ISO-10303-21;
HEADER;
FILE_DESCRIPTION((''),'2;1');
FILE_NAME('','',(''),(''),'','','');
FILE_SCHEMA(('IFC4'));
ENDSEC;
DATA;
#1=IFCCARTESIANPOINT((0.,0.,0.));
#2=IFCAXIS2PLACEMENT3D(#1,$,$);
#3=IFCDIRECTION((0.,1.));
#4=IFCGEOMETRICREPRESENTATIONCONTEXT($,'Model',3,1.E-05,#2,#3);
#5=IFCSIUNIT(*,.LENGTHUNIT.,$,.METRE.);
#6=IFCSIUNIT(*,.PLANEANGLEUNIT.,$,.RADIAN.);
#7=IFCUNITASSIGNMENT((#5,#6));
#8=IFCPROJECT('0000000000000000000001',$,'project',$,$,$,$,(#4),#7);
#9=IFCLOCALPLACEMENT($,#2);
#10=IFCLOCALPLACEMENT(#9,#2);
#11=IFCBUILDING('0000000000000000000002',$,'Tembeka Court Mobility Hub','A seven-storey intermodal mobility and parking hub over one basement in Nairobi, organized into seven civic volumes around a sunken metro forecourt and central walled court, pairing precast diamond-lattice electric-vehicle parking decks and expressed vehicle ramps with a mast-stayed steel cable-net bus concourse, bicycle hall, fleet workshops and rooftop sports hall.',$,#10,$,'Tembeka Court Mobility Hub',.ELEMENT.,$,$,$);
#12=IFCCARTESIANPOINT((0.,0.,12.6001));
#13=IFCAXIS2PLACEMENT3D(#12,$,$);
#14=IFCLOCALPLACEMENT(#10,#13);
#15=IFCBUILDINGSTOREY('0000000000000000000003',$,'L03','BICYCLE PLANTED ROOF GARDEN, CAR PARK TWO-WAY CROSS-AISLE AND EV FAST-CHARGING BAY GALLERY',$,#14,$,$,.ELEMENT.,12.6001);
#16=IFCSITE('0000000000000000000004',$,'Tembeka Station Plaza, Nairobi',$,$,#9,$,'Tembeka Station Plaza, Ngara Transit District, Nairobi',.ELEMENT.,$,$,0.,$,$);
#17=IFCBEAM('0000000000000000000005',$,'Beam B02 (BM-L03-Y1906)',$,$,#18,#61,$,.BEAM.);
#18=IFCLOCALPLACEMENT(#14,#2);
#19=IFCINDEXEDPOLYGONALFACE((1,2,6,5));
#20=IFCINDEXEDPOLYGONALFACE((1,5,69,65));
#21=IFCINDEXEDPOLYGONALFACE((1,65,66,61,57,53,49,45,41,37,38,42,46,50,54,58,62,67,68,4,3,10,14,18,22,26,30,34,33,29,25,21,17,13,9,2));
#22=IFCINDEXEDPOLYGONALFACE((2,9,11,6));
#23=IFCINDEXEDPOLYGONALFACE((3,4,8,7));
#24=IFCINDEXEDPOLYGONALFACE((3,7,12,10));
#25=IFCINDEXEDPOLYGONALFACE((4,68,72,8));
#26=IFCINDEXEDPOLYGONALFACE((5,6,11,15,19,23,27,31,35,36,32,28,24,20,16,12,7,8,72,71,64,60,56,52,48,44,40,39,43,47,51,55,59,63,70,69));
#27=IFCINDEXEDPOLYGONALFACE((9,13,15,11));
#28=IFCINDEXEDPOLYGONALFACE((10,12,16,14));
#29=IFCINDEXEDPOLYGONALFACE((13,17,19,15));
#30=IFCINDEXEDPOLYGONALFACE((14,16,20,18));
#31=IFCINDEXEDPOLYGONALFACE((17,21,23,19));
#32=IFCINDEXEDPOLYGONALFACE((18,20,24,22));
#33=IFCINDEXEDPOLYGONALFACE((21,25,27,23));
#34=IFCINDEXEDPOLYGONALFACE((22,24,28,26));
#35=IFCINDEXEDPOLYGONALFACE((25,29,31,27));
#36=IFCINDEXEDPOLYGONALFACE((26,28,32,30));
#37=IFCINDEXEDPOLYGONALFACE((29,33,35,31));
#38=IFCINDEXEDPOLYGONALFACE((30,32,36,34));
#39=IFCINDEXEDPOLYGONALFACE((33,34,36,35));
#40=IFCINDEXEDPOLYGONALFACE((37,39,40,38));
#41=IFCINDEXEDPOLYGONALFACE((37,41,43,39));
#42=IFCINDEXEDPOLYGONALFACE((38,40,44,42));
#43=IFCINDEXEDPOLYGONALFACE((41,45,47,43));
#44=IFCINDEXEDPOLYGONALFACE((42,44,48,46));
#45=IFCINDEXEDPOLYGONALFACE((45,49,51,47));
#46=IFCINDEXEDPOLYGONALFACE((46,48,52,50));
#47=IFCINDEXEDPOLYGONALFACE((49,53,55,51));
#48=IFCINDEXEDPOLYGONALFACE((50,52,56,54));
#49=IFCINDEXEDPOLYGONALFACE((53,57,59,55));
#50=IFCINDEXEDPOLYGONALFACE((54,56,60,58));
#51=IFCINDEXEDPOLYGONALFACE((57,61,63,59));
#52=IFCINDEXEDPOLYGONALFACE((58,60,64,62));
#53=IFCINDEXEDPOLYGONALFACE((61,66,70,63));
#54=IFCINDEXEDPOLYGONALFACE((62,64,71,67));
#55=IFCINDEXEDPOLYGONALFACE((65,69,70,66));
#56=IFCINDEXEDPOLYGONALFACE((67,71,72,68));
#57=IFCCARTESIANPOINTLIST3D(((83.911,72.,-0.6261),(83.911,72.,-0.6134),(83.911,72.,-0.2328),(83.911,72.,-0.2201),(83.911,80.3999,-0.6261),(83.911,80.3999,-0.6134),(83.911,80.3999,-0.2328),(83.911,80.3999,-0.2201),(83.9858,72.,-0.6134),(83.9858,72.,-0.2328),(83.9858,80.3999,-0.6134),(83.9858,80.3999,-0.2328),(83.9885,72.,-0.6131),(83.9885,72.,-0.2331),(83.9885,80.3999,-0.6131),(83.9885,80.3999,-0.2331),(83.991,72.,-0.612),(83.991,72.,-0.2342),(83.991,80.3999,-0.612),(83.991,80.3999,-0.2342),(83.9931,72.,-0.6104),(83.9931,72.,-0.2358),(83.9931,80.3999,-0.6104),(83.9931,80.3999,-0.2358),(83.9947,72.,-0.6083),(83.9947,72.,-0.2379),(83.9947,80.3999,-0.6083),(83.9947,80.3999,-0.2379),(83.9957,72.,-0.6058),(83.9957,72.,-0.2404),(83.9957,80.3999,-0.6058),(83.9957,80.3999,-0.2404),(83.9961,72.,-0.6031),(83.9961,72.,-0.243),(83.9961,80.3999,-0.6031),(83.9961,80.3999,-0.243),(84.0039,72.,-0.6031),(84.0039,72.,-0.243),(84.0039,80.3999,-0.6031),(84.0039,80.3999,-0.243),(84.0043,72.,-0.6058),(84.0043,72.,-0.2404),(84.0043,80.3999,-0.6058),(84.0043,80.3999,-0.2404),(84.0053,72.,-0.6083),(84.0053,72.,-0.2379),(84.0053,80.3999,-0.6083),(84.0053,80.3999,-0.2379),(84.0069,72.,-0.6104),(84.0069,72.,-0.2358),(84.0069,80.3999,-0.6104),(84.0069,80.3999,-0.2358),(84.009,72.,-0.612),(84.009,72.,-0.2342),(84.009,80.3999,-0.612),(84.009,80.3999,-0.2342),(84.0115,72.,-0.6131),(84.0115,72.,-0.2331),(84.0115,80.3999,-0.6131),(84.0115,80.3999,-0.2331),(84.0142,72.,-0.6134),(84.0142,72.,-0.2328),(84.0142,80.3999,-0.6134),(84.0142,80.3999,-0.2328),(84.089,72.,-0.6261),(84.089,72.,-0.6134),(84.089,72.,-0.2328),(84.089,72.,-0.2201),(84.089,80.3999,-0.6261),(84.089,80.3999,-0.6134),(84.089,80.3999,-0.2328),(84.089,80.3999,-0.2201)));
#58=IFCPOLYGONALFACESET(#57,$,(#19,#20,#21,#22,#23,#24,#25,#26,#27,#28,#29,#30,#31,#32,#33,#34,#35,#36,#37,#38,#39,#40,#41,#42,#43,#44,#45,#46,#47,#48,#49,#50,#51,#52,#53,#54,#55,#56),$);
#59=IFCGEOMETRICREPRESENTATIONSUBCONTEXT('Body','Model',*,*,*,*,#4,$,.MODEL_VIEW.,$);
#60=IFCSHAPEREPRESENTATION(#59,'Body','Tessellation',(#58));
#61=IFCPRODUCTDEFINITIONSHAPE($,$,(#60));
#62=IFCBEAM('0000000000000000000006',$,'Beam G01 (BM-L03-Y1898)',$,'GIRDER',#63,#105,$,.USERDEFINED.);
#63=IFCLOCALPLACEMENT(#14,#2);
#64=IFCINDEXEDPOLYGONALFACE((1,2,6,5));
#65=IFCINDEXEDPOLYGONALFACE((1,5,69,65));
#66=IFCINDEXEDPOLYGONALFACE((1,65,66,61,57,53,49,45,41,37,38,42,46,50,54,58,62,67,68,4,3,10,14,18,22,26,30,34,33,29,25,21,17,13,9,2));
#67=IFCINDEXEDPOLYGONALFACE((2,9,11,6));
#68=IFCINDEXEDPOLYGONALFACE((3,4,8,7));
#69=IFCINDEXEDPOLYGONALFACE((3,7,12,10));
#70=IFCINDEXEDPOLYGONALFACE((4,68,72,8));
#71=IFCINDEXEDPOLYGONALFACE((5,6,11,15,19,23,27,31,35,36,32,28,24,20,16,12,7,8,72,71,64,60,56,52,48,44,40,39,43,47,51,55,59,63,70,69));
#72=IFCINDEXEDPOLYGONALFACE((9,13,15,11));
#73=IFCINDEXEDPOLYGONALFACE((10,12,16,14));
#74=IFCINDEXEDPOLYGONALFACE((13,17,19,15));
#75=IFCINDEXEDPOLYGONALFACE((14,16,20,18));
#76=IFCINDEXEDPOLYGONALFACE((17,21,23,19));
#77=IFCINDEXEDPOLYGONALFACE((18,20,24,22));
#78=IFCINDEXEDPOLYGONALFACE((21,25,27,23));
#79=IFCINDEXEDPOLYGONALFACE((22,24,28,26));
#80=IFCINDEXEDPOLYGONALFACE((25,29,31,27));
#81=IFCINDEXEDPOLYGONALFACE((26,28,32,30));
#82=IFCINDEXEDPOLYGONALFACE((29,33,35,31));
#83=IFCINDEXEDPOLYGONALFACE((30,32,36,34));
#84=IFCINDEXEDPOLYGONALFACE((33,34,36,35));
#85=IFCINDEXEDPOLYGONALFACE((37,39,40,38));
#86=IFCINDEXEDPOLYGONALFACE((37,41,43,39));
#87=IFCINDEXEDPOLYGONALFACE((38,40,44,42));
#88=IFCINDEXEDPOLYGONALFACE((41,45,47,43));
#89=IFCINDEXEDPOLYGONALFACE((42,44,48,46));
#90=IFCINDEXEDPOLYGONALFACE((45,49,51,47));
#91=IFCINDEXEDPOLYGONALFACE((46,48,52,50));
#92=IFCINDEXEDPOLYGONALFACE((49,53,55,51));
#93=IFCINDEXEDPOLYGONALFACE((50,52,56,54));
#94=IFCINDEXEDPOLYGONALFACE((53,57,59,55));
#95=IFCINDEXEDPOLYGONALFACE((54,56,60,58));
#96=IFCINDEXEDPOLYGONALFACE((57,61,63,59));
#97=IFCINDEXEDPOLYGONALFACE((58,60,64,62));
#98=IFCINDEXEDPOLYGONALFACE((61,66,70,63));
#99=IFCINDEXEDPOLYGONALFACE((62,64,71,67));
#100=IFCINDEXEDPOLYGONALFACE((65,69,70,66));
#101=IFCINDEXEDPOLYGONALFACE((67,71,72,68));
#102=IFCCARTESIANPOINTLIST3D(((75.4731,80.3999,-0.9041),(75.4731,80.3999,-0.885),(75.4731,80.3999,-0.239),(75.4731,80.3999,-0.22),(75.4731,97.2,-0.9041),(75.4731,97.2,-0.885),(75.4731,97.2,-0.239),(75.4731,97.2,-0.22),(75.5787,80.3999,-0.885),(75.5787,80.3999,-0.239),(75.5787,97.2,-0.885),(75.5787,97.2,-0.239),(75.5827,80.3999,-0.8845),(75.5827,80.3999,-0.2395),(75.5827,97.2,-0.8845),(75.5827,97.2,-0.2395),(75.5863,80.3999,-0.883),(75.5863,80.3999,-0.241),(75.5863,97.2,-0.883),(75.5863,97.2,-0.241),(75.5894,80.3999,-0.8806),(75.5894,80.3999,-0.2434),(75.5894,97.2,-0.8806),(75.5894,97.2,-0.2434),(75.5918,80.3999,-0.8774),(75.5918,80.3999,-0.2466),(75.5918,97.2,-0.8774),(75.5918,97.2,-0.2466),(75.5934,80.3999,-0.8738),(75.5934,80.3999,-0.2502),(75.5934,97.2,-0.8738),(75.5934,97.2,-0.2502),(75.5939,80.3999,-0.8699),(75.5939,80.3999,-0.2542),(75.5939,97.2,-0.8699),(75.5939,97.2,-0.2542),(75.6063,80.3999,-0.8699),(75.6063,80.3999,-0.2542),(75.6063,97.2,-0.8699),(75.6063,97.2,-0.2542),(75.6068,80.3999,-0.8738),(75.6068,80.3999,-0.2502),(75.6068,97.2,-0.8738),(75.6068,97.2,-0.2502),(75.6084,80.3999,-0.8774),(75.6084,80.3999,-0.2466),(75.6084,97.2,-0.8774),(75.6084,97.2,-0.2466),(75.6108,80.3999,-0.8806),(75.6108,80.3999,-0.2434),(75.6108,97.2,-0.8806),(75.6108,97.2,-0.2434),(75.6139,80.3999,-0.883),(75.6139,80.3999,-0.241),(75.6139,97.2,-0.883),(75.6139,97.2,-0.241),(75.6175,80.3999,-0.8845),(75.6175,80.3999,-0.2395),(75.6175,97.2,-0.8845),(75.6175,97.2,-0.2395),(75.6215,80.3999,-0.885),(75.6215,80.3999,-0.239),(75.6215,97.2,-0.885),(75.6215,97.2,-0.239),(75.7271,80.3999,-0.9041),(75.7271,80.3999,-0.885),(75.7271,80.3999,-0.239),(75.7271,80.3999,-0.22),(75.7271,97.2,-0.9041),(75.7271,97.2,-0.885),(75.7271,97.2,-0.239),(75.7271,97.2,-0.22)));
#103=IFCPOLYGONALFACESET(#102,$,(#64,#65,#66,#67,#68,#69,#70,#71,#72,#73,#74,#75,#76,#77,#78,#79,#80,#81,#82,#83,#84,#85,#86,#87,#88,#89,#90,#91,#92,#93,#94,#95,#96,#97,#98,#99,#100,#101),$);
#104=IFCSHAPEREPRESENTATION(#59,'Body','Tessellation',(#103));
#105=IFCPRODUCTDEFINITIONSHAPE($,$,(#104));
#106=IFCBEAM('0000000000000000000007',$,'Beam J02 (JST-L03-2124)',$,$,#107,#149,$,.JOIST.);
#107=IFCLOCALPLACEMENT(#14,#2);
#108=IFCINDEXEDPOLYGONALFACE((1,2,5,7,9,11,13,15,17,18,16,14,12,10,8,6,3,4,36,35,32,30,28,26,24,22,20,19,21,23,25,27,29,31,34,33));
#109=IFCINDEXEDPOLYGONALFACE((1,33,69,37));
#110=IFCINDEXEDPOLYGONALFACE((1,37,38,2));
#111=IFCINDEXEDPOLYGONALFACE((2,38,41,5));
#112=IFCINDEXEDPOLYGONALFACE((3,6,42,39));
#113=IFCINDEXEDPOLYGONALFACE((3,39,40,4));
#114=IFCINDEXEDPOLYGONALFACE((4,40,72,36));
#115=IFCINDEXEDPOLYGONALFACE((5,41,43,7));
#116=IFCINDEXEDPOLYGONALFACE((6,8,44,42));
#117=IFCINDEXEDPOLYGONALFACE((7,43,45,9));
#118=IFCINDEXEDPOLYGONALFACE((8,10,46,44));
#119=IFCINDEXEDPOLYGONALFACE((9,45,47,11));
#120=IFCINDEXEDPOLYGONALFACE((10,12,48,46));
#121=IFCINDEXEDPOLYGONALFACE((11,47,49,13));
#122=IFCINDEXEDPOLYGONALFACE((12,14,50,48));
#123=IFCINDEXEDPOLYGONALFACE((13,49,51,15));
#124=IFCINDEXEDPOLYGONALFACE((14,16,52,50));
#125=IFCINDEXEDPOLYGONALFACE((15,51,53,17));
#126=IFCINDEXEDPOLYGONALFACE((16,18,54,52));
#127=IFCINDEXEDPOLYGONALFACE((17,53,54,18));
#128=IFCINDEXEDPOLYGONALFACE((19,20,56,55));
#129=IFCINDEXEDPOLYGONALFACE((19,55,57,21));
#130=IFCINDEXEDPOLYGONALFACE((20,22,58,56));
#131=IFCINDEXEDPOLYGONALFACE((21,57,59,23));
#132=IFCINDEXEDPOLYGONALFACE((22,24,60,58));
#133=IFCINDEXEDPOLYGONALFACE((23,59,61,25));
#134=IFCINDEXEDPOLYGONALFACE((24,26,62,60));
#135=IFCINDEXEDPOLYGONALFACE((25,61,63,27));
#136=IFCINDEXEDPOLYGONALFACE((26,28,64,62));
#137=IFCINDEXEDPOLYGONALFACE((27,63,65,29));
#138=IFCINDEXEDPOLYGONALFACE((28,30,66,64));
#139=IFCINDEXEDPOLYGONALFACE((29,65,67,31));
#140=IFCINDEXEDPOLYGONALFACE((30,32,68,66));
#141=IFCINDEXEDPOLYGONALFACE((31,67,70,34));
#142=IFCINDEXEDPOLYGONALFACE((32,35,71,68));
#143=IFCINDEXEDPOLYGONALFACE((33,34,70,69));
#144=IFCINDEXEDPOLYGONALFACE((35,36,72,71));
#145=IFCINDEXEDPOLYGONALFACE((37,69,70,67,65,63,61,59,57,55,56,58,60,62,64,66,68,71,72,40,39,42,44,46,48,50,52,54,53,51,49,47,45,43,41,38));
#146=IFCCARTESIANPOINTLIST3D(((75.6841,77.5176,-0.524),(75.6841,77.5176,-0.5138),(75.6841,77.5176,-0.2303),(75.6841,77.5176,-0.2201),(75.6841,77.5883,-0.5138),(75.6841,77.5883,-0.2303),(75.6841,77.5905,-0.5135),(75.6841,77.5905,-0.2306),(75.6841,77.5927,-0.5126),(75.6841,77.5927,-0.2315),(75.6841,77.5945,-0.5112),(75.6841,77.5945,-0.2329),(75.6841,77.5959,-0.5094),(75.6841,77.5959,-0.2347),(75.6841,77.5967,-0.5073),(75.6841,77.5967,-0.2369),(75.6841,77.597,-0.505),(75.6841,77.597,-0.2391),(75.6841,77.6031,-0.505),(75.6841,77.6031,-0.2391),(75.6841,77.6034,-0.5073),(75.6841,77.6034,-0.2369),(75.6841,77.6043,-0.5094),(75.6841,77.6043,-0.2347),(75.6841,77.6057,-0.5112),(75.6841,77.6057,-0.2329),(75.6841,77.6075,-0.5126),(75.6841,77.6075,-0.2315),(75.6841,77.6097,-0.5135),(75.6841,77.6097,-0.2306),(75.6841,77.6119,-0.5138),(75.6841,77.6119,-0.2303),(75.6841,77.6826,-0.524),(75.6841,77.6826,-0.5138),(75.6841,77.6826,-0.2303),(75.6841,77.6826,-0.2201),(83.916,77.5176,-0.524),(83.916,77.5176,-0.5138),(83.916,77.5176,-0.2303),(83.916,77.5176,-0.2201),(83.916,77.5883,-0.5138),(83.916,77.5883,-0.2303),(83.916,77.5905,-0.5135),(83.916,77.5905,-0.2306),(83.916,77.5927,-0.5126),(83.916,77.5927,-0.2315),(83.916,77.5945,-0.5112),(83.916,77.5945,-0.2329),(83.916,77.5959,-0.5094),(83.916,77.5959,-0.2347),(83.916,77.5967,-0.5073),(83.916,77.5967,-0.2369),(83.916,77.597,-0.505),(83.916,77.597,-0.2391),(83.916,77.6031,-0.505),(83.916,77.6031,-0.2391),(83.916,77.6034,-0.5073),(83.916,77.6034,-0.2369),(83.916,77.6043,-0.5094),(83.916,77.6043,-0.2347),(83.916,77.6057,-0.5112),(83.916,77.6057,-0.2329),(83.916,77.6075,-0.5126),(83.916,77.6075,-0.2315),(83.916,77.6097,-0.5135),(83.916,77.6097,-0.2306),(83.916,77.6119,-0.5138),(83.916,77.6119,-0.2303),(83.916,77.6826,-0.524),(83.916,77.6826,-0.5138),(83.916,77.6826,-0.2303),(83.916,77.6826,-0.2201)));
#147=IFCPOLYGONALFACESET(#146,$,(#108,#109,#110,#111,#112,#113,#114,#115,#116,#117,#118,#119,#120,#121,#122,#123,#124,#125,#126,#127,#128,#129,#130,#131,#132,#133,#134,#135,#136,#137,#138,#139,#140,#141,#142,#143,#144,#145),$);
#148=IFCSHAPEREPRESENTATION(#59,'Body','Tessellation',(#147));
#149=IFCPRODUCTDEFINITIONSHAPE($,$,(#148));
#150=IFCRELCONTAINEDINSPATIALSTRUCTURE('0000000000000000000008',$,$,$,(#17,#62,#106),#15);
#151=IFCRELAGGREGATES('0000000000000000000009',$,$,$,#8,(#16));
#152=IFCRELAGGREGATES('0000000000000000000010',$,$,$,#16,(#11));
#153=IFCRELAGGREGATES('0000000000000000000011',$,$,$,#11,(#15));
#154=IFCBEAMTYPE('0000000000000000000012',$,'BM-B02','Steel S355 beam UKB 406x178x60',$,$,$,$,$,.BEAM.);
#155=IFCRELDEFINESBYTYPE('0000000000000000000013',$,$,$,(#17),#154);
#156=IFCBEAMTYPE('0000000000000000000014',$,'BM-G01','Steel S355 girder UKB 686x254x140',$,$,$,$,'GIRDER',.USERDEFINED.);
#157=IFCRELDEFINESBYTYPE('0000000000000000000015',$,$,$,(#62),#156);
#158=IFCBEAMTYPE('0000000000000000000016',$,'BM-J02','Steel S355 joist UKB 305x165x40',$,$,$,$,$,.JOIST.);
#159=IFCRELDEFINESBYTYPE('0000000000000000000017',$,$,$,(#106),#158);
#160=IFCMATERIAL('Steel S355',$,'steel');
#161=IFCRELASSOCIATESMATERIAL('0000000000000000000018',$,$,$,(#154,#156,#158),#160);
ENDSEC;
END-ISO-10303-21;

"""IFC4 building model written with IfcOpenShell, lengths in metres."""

from ifc_helpers import new_model, si_unit, direction, frame, origin, origin_2d, place, context, subcontext, project, spatial, i_section, extrude, material, material_profile, profile_set, type_object, element, save


model = new_model("IFC4")

# Units and contexts
model_context = context("Model", 3, precision=1e-05, world=origin(), true_north=direction((0.0, 1.0)))
body_context = subcontext(model_context, "Body", "Model", "MODEL_VIEW")
ifc_project = project(units=[si_unit("LENGTHUNIT", "METRE"), si_unit("PLANEANGLEUNIT", "RADIAN")], contexts=[model_context])

# Site, building, storey
site_placement = place(None, origin())
site = spatial("IfcSite", under=ifc_project, at=site_placement, Name="Tembeka Station Plaza, Nairobi", LongName="Tembeka Station Plaza, Ngara Transit District, Nairobi", CompositionType="ELEMENT", RefElevation=0.0)
building_placement = place(site_placement, origin())
building = spatial("IfcBuilding", under=site, at=building_placement, Name="Tembeka Court Mobility Hub", Description="A seven-storey intermodal mobility and parking hub over one basement in Nairobi, organized into seven civic volumes around a sunken metro forecourt and central walled court, pairing precast diamond-lattice electric-vehicle parking decks and expressed vehicle ramps with a mast-stayed steel cable-net bus concourse, bicycle hall, fleet workshops and rooftop sports hall.", LongName="Tembeka Court Mobility Hub", CompositionType="ELEMENT")
storey_placement = place(building_placement, frame((0.0, 0.0, 12.6001)))
storey = spatial("IfcBuildingStorey", under=building, at=storey_placement, Name="L03", Description="BICYCLE PLANTED ROOF GARDEN, CAR PARK TWO-WAY CROSS-AISLE AND EV FAST-CHARGING BAY GALLERY", CompositionType="ELEMENT", Elevation=12.6001)

# Shared definitions
ifc_material_1 = material(Name="Steel S355", Category="steel")

# Beams
ifc_material_profile_1 = material_profile(ifc_material_1, i_section(OverallWidth=0.178, OverallDepth=0.406, WebThickness=0.0078, FlangeThickness=0.0127, FilletRadius=0.0103, at=origin_2d()), Name="UKB 406x178x60")
ifc_profile_set_1 = profile_set([ifc_material_profile_1], Name="Steel S355")
beam_type_1 = type_object("IfcBeamType", Name="BM-B02", Description="Steel S355 beam UKB 406x178x60", PredefinedType="BEAM", material=ifc_profile_set_1)
for number, where, z_axis, x_axis, name in (
    (1, (84.0, 72.0, -0.4231), (0.0, 1.0, 0.0), (-1.0, 0.0, 0.0), "Beam B02 (BM-L03-Y1906)"),
):
    element("IfcBeam", number, at=place(storey_placement, frame(where, z_axis=z_axis, x_axis=x_axis)), inside=storey, type_object=beam_type_1, Name=name, PredefinedType="BEAM", context=body_context, shape_type="SweptSolid", body=[
        extrude(i_section(OverallWidth=0.178, OverallDepth=0.406, WebThickness=0.0078, FlangeThickness=0.0127, FilletRadius=0.0103, at=origin_2d()), origin(), (0.0, 0.0, 1.0), 8.3999),
    ])
ifc_material_profile_2 = material_profile(ifc_material_1, i_section(OverallWidth=0.2539, OverallDepth=0.6841, WebThickness=0.0125, FlangeThickness=0.019, FilletRadius=0.0151, at=origin_2d()), Name="UKB 686x254x140")
ifc_profile_set_2 = profile_set([ifc_material_profile_2], Name="Steel S355")
beam_type_2 = type_object("IfcBeamType", Name="BM-G01", Description="Steel S355 girder UKB 686x254x140", ElementType="GIRDER", PredefinedType="USERDEFINED", material=ifc_profile_set_2)
beam_1_placement = place(storey_placement, frame((75.6001, 80.3999, -0.562), z_axis=(0.0, 1.0, 0.0), x_axis=(-1.0, 0.0, 0.0)))
element("IfcBeam", 2, at=beam_1_placement, inside=storey, type_object=beam_type_2, Name="Beam G01 (BM-L03-Y1898)", ObjectType="GIRDER", PredefinedType="USERDEFINED", context=body_context, shape_type="SweptSolid", body=[
    extrude(i_section(OverallWidth=0.2539, OverallDepth=0.6841, WebThickness=0.0125, FlangeThickness=0.019, FilletRadius=0.0151, at=origin_2d()), origin(), (0.0, 0.0, 1.0), 16.8),
])
ifc_material_profile_3 = material_profile(ifc_material_1, i_section(OverallWidth=0.165, OverallDepth=0.304, WebThickness=0.0061, FlangeThickness=0.0103, FilletRadius=0.0088, at=origin_2d()), Name="UKB 305x165x40")
ifc_profile_set_3 = profile_set([ifc_material_profile_3], Name="Steel S355")
beam_type_3 = type_object("IfcBeamType", Name="BM-J02", Description="Steel S355 joist UKB 305x165x40", PredefinedType="JOIST", material=ifc_profile_set_3)
beam_2_placement = place(storey_placement, frame((75.6841, 77.6001, -0.3721), z_axis=(1.0, 0.0, 0.0), x_axis=(0.0, 1.0, 0.0)))
element("IfcBeam", 3, at=beam_2_placement, inside=storey, type_object=beam_type_3, Name="Beam J02 (JST-L03-2124)", PredefinedType="JOIST", context=body_context, shape_type="SweptSolid", body=[
    extrude(i_section(OverallWidth=0.165, OverallDepth=0.304, WebThickness=0.0061, FlangeThickness=0.0103, FilletRadius=0.0088, at=origin_2d()), origin(), (0.0, 0.0, 1.0), 8.2319),
])

save(model, "model.ifc")
